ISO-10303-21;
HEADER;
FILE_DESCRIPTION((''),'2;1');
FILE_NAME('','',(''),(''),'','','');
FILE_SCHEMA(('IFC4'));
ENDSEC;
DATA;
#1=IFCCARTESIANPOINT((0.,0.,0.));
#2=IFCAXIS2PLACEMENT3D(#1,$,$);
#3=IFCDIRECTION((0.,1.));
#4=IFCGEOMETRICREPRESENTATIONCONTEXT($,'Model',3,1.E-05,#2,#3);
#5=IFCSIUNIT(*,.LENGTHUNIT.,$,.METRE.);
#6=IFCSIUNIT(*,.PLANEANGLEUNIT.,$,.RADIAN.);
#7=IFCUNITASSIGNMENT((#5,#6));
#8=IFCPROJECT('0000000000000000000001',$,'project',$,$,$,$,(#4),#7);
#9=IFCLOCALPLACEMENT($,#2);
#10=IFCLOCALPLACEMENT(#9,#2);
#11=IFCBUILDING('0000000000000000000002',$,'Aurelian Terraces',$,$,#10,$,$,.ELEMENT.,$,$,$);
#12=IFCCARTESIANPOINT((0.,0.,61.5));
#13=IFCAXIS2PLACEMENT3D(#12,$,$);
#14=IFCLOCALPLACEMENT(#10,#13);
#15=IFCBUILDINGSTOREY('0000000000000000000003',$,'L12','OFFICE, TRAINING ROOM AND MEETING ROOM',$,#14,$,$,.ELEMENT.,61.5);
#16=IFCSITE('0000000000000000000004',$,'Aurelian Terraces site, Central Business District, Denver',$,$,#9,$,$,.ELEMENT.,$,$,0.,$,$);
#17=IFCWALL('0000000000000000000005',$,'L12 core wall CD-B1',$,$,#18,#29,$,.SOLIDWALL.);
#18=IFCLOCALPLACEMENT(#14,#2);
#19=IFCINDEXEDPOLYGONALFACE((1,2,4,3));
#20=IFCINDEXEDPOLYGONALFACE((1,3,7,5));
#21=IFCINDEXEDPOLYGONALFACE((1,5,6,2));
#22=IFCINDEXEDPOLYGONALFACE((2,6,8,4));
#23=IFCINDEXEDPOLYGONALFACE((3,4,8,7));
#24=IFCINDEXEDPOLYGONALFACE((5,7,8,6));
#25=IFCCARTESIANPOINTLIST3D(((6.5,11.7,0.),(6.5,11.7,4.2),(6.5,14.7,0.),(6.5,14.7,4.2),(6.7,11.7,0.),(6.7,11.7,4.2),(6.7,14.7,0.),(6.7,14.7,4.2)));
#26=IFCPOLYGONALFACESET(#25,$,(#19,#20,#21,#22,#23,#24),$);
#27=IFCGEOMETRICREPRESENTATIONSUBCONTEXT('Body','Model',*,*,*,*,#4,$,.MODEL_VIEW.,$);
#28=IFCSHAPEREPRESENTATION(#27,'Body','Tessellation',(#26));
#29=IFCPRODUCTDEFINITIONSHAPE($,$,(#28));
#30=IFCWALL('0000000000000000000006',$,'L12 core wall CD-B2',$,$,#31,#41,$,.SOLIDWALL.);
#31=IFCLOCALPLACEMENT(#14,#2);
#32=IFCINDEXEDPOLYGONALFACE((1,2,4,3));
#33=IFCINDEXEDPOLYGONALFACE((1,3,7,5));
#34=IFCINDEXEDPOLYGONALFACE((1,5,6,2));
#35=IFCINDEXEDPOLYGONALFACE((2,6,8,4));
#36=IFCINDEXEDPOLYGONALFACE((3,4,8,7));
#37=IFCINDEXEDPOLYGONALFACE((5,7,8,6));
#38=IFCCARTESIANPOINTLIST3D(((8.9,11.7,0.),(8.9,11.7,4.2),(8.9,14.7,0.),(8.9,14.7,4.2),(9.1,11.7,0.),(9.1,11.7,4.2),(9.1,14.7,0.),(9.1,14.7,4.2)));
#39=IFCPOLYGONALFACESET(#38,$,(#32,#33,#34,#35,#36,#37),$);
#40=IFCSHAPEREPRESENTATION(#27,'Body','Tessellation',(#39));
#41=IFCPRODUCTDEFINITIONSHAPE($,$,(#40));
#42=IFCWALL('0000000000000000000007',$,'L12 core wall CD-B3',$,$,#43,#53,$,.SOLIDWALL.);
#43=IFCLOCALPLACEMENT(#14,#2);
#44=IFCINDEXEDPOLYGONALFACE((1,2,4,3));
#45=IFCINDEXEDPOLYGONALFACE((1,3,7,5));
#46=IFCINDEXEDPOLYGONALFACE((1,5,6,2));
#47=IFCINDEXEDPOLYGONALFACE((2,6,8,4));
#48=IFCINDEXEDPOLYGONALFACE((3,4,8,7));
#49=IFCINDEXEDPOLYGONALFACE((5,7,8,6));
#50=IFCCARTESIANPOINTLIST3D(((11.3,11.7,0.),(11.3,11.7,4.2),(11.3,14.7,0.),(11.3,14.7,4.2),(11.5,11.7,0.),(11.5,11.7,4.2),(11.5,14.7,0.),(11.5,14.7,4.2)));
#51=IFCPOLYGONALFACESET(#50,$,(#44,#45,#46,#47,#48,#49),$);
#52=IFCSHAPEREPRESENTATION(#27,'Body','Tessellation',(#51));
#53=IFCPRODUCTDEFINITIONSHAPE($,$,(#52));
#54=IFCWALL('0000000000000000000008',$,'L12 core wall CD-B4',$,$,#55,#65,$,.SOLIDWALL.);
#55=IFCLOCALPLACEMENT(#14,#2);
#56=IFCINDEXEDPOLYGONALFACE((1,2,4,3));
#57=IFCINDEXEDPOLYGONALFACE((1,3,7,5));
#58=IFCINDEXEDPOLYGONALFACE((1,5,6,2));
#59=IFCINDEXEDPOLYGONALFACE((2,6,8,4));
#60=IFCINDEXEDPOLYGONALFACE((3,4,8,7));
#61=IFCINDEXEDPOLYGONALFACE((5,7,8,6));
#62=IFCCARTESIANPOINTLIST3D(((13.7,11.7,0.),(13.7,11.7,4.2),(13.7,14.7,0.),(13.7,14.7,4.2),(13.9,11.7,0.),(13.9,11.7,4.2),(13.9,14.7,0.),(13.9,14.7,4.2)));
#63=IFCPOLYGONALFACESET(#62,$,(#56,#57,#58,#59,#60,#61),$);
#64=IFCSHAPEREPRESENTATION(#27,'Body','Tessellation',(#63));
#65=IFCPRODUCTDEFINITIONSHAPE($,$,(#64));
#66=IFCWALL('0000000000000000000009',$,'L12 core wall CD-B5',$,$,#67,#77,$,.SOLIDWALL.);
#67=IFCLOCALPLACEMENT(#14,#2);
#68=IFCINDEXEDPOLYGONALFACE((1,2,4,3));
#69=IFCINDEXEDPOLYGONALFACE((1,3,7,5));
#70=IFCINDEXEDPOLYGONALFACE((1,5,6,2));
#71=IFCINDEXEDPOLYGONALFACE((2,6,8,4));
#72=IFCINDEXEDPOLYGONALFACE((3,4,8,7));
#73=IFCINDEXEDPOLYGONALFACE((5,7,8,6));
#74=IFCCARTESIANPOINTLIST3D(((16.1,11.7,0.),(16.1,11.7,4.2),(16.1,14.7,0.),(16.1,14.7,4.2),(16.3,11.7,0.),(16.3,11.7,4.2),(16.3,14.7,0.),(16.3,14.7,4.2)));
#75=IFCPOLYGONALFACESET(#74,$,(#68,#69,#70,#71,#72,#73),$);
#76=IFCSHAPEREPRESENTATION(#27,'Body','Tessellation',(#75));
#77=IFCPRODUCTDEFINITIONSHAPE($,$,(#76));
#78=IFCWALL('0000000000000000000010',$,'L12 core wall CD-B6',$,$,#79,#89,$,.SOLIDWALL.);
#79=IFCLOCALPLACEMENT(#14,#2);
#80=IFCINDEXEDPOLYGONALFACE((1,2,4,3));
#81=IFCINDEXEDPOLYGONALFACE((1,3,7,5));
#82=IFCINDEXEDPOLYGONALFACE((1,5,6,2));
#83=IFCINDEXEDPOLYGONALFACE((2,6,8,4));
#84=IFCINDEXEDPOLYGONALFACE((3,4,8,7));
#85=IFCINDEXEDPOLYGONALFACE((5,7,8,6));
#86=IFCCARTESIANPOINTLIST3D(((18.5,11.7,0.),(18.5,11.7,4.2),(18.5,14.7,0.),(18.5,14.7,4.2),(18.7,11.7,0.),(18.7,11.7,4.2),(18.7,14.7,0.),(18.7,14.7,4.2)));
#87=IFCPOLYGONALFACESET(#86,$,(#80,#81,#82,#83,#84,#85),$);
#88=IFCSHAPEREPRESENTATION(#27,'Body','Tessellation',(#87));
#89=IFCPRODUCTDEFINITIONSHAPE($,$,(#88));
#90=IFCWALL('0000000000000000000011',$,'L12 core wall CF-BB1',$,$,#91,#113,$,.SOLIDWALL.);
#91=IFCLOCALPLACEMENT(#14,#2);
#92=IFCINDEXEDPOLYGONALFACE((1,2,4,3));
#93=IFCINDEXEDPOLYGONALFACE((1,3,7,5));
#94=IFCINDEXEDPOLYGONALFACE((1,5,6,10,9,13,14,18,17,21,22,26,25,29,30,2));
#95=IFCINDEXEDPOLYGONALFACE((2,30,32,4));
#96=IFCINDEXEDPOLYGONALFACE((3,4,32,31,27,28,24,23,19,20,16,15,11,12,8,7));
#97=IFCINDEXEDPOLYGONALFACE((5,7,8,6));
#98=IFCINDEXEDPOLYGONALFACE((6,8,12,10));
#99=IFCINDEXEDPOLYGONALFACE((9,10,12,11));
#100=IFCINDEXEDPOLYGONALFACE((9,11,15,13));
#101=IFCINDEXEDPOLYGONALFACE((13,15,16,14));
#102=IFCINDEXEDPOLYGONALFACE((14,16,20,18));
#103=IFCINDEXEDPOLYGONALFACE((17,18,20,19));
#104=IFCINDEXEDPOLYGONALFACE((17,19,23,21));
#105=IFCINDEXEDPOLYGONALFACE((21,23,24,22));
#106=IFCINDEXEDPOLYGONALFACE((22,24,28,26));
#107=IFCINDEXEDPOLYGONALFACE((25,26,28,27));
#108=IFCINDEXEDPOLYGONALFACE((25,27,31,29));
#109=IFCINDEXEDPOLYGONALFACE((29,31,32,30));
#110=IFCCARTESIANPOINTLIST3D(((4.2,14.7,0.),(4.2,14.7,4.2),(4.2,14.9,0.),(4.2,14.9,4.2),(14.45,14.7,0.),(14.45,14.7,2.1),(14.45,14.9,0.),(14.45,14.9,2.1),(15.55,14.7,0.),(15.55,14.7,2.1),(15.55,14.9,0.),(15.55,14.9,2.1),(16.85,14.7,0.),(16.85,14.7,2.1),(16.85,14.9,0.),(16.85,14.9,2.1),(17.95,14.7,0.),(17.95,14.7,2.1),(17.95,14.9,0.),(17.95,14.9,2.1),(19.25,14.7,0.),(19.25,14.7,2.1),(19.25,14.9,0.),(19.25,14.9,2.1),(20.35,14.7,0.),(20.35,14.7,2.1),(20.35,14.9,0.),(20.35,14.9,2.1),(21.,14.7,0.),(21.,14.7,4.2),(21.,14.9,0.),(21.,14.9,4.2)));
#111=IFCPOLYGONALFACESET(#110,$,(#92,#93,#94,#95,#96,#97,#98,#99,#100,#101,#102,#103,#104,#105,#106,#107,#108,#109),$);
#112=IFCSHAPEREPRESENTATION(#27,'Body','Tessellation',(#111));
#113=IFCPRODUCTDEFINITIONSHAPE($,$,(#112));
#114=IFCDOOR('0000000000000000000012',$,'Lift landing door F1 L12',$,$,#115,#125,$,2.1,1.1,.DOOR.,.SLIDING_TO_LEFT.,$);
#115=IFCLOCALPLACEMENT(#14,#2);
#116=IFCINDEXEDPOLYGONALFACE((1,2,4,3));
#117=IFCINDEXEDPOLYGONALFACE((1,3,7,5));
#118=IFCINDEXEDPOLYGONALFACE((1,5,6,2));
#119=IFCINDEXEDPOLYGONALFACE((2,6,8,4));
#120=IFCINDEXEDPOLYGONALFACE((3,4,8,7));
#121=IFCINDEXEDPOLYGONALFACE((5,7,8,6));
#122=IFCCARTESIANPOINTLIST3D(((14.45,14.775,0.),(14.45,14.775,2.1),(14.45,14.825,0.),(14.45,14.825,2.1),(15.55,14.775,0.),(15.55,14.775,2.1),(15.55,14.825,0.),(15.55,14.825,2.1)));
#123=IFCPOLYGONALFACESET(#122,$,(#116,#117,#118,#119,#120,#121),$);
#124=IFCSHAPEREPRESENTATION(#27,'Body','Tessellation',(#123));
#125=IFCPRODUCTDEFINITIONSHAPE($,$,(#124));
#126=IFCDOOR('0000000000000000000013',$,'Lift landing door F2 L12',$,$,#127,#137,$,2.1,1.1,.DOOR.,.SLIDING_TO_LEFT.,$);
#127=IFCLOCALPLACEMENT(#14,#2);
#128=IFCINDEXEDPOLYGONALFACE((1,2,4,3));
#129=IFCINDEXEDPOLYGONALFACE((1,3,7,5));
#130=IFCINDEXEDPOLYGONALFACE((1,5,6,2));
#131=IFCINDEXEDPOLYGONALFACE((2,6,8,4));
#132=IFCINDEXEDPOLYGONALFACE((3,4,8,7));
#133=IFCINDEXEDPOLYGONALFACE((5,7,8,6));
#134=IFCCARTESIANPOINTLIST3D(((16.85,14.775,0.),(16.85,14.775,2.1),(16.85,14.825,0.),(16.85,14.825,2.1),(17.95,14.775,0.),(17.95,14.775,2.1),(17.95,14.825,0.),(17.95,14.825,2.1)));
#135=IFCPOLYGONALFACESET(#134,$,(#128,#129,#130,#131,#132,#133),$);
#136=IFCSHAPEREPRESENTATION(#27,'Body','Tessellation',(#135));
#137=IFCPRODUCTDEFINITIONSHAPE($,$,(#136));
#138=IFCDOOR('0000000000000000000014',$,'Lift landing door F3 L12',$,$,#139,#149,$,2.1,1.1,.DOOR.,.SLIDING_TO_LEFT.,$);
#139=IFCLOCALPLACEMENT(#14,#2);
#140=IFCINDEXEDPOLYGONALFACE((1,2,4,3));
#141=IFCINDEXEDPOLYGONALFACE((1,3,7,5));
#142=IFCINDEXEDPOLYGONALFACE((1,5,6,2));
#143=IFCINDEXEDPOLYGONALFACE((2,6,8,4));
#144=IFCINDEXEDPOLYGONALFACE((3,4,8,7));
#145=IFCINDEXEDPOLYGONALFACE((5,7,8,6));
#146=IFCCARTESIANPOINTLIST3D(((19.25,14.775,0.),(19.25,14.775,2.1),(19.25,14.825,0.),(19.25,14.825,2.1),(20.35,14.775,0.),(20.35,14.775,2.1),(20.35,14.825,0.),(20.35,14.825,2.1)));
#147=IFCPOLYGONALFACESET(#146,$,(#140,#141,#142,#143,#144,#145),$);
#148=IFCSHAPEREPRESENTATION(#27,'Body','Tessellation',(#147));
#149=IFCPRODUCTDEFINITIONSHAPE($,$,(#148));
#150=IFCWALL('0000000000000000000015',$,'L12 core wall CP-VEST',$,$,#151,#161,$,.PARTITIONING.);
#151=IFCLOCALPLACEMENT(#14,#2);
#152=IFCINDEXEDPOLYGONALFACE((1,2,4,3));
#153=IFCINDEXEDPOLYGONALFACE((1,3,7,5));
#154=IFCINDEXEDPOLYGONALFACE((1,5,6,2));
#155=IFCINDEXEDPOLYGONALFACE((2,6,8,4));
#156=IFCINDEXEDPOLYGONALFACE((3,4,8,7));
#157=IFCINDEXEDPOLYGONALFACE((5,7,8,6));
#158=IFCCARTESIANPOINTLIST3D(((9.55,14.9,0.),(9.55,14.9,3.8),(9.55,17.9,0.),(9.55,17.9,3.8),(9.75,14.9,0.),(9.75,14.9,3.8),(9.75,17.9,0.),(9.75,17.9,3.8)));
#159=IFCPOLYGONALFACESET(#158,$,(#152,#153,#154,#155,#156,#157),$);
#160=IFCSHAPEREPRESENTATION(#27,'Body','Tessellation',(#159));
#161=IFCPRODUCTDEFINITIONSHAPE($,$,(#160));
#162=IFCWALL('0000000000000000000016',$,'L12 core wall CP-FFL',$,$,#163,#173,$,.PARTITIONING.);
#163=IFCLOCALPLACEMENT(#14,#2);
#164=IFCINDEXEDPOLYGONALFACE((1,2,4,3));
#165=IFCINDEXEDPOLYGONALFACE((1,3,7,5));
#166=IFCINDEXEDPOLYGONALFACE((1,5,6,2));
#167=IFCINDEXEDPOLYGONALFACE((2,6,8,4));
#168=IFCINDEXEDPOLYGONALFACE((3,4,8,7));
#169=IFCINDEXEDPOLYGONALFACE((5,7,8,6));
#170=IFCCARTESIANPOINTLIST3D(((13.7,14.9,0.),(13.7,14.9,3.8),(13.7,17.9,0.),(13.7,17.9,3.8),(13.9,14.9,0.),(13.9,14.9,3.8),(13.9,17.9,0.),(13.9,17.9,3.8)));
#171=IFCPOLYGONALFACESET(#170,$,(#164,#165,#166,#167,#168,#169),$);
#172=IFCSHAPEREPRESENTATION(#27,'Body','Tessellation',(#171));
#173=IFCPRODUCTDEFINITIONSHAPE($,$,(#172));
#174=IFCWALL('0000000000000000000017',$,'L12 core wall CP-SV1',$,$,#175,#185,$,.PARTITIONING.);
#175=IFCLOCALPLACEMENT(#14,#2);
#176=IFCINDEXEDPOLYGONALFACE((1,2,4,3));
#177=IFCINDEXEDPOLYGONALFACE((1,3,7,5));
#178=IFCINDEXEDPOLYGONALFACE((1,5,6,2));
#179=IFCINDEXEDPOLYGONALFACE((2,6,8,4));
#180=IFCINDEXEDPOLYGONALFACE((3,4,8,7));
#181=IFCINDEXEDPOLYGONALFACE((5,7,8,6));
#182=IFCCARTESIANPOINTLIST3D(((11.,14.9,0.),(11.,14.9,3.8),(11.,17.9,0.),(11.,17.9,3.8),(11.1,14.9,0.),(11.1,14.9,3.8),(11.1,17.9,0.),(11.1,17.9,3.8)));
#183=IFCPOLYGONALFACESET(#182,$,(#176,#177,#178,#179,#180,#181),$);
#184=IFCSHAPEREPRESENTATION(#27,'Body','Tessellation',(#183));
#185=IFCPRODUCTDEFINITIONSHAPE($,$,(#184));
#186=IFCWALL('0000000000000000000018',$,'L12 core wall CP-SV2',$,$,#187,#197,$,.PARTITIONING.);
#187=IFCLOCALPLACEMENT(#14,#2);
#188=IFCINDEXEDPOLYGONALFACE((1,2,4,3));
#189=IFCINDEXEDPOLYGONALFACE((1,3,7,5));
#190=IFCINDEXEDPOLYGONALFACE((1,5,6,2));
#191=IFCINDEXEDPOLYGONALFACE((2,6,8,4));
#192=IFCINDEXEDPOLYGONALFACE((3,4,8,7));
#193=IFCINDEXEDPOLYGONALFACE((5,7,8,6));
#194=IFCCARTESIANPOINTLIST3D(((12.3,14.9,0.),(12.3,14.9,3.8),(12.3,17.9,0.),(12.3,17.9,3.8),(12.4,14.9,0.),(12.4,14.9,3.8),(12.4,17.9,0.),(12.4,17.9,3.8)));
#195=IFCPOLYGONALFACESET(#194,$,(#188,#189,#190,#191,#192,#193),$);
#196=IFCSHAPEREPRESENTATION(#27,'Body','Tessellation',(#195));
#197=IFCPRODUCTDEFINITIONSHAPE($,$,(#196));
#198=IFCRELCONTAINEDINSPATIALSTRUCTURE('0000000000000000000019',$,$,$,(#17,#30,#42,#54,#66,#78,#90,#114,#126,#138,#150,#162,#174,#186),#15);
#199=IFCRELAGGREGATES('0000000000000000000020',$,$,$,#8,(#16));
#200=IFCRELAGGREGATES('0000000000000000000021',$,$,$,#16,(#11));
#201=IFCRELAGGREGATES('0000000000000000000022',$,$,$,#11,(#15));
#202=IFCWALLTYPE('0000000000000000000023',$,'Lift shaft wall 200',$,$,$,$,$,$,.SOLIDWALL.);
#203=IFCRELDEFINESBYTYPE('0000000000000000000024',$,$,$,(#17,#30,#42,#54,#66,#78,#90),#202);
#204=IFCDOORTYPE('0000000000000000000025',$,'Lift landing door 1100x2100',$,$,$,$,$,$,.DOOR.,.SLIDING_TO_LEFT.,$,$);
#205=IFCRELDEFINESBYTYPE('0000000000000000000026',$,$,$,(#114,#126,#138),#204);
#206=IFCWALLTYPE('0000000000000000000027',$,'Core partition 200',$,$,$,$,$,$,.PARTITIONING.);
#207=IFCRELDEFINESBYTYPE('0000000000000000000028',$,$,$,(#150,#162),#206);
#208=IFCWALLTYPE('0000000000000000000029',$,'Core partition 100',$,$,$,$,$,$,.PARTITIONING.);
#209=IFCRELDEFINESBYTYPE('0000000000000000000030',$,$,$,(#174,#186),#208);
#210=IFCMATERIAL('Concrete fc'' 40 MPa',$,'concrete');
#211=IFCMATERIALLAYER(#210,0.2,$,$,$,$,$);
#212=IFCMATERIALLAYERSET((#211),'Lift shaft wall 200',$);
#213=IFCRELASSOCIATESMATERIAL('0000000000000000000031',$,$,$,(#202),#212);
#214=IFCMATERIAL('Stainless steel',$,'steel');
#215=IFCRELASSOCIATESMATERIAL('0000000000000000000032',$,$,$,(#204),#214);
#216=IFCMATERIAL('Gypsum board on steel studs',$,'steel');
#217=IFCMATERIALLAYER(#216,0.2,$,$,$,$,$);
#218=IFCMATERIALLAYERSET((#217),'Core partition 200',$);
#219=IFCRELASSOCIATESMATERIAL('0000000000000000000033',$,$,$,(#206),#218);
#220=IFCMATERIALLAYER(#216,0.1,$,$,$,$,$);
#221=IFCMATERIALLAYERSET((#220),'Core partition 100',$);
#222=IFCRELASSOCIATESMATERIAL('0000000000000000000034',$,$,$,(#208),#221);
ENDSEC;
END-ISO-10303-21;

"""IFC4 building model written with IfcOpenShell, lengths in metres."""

from ifc_helpers import new_model, si_unit, direction, frame, frame_2d, origin, place, context, subcontext, project, spatial, rectangle, extrude, source, transform, mapped, material, layer, layer_set, type_object, element, fill, save


model = new_model("IFC4")

# Units and contexts
model_context = context("Model", 3, precision=1e-05, world=origin(), true_north=direction((0.0, 1.0)))
body_context = subcontext(model_context, "Body", "Model", "MODEL_VIEW")
ifc_project = project(units=[si_unit("LENGTHUNIT", "METRE"), si_unit("PLANEANGLEUNIT", "RADIAN")], contexts=[model_context])

# Site, building, storey
site_placement = place(None, origin())
site = spatial("IfcSite", under=ifc_project, at=site_placement, Name="Aurelian Terraces site, Central Business District, Denver", CompositionType="ELEMENT", RefElevation=0.0)
building_placement = place(site_placement, origin())
building = spatial("IfcBuilding", under=site, at=building_placement, Name="Aurelian Terraces", CompositionType="ELEMENT")
storey_placement = place(building_placement, frame((0.0, 0.0, 61.5)))
storey = spatial("IfcBuildingStorey", under=building, at=storey_placement, Name="L12", Description="OFFICE, TRAINING ROOM AND MEETING ROOM", CompositionType="ELEMENT", Elevation=61.5)

# Walls
ifc_material_1 = material(Name="Concrete fc' 40 MPa", Category="concrete")
ifc_layer_1 = layer(ifc_material_1, 0.2)
ifc_layer_set_1 = layer_set([ifc_layer_1], Name="Lift shaft wall 200")
wall_type_1 = type_object("IfcWallType", Name="Lift shaft wall 200", PredefinedType="SOLIDWALL", material=ifc_layer_set_1)
shared_shape_1 = source(origin(), body_context, "Body", "SweptSolid", [
    extrude(rectangle(XDim=3.0, YDim=0.2, at=frame_2d((1.5, 0.0))), origin(), (0.0, 0.0, 1.0), 4.2),
])
for number, where, z_axis, x_axis, name in (
    (1, (6.6, 11.7, 0.0), (0.0, 0.0, 1.0), (0.0, 1.0, 0.0), "L12 core wall CD-B1"),
    (2, (9.0, 11.7, 0.0), (0.0, 0.0, 1.0), (0.0, 1.0, 0.0), "L12 core wall CD-B2"),
    (3, (11.4, 11.7, 0.0), (0.0, 0.0, 1.0), (0.0, 1.0, 0.0), "L12 core wall CD-B3"),
    (4, (13.8, 11.7, 0.0), (0.0, 0.0, 1.0), (0.0, 1.0, 0.0), "L12 core wall CD-B4"),
    (5, (16.2, 11.7, 0.0), (0.0, 0.0, 1.0), (0.0, 1.0, 0.0), "L12 core wall CD-B5"),
    (6, (18.6, 11.7, 0.0), (0.0, 0.0, 1.0), (0.0, 1.0, 0.0), "L12 core wall CD-B6"),
):
    element("IfcWall", number, at=place(storey_placement, frame(where, z_axis=z_axis, x_axis=x_axis)), inside=storey, type_object=wall_type_1, Name=name, PredefinedType="SOLIDWALL", context=body_context, shape_type="MappedRepresentation", body=[
        mapped(shared_shape_1, transform((0.0, 0.0, 0.0), scale=1.0)),
    ])

# Wall, openings, doors
shared_shape_2 = source(origin(), body_context, "Body", "SweptSolid", [
    extrude(rectangle(XDim=16.8, YDim=0.2, at=frame_2d((8.4, 0.0))), origin(), (0.0, 0.0, 1.0), 4.2),
])
wall_1_placement = place(storey_placement, frame((4.2, 14.8, 0.0), z_axis=(0.0, 0.0, 1.0), x_axis=(1.0, 0.0, 0.0)))
wall_1 = element("IfcWall", 7, at=wall_1_placement, inside=storey, type_object=wall_type_1, Name="L12 core wall CF-BB1", PredefinedType="SOLIDWALL", context=body_context, shape_type="MappedRepresentation", body=[
    mapped(shared_shape_2, transform((0.0, 0.0, 0.0), scale=1.0)),
])
shared_shape_3 = source(origin(), body_context, "Body", "SweptSolid", [
    extrude(rectangle(XDim=1.1, YDim=2.1, at=frame_2d((0.55, 1.05))), frame((0.0, 0.11, 0.0), z_axis=(0.0, -1.0, 0.0), x_axis=(1.0, 0.0, 0.0)), (0.0, 0.0, 1.0), 0.22),
])
opening_1_placement = place(wall_1_placement, frame((10.25, 0.0, 0.0)))
opening_1 = element("IfcOpeningElement", 8, at=opening_1_placement, cuts=wall_1, PredefinedType="OPENING", context=body_context, shape_type="MappedRepresentation", body=[
    mapped(shared_shape_3, transform((0.0, 0.0, 0.0), scale=1.0)),
])
opening_2_placement = place(wall_1_placement, frame((12.65, 0.0, 0.0)))
opening_2 = element("IfcOpeningElement", 9, at=opening_2_placement, cuts=wall_1, PredefinedType="OPENING", context=body_context, shape_type="MappedRepresentation", body=[
    mapped(shared_shape_3, transform((0.0, 0.0, 0.0), scale=1.0)),
])
opening_3_placement = place(wall_1_placement, frame((15.05, 0.0, 0.0)))
opening_3 = element("IfcOpeningElement", 10, at=opening_3_placement, cuts=wall_1, PredefinedType="OPENING", context=body_context, shape_type="MappedRepresentation", body=[
    mapped(shared_shape_3, transform((0.0, 0.0, 0.0), scale=1.0)),
])
ifc_material_2 = material(Name="Stainless steel", Category="steel")
door_type_1 = type_object("IfcDoorType", Name="Lift landing door 1100x2100", OperationType="SLIDING_TO_LEFT", PredefinedType="DOOR", material=ifc_material_2)
shared_shape_4 = source(origin(), body_context, "Body", "SweptSolid", [
    extrude(rectangle(XDim=1.1, YDim=2.1, at=frame_2d((0.55, 1.05))), frame((0.0, 0.025, 0.0), z_axis=(0.0, -1.0, 0.0), x_axis=(1.0, 0.0, 0.0)), (0.0, 0.0, 1.0), 0.05),
])
door_1_placement = place(opening_1_placement, origin())
door_1 = element("IfcDoor", 11, at=door_1_placement, inside=storey, type_object=door_type_1, Name="Lift landing door F1 L12", OperationType="SLIDING_TO_LEFT", OverallHeight=2.1, OverallWidth=1.1, PredefinedType="DOOR", context=body_context, shape_type="MappedRepresentation", body=[
    mapped(shared_shape_4, transform((0.0, 0.0, 0.0), scale=1.0)),
])
fill(opening_1, door_1)
door_2_placement = place(opening_2_placement, origin())
door_2 = element("IfcDoor", 12, at=door_2_placement, inside=storey, type_object=door_type_1, Name="Lift landing door F2 L12", OperationType="SLIDING_TO_LEFT", OverallHeight=2.1, OverallWidth=1.1, PredefinedType="DOOR", context=body_context, shape_type="MappedRepresentation", body=[
    mapped(shared_shape_4, transform((0.0, 0.0, 0.0), scale=1.0)),
])
fill(opening_2, door_2)
door_3_placement = place(opening_3_placement, origin())
door_3 = element("IfcDoor", 13, at=door_3_placement, inside=storey, type_object=door_type_1, Name="Lift landing door F3 L12", OperationType="SLIDING_TO_LEFT", OverallHeight=2.1, OverallWidth=1.1, PredefinedType="DOOR", context=body_context, shape_type="MappedRepresentation", body=[
    mapped(shared_shape_4, transform((0.0, 0.0, 0.0), scale=1.0)),
])
fill(opening_3, door_3)

# Walls
ifc_material_3 = material(Name="Gypsum board on steel studs", Category="steel")
ifc_layer_2 = layer(ifc_material_3, 0.2)
ifc_layer_set_2 = layer_set([ifc_layer_2], Name="Core partition 200")
wall_type_2 = type_object("IfcWallType", Name="Core partition 200", PredefinedType="PARTITIONING", material=ifc_layer_set_2)
shared_shape_5 = source(origin(), body_context, "Body", "SweptSolid", [
    extrude(rectangle(XDim=3.0, YDim=0.2, at=frame_2d((1.5, 0.0))), origin(), (0.0, 0.0, 1.0), 3.8),
])
for number, where, z_axis, x_axis, name in (
    (14, (9.65, 14.9, 0.0), (0.0, 0.0, 1.0), (0.0, 1.0, 0.0), "L12 core wall CP-VEST"),
    (15, (13.8, 14.9, 0.0), (0.0, 0.0, 1.0), (0.0, 1.0, 0.0), "L12 core wall CP-FFL"),
):
    element("IfcWall", number, at=place(storey_placement, frame(where, z_axis=z_axis, x_axis=x_axis)), inside=storey, type_object=wall_type_2, Name=name, PredefinedType="PARTITIONING", context=body_context, shape_type="MappedRepresentation", body=[
        mapped(shared_shape_5, transform((0.0, 0.0, 0.0), scale=1.0)),
    ])
ifc_layer_3 = layer(ifc_material_3, 0.1)
ifc_layer_set_3 = layer_set([ifc_layer_3], Name="Core partition 100")
wall_type_3 = type_object("IfcWallType", Name="Core partition 100", PredefinedType="PARTITIONING", material=ifc_layer_set_3)
shared_shape_6 = source(origin(), body_context, "Body", "SweptSolid", [
    extrude(rectangle(XDim=3.0, YDim=0.1, at=frame_2d((1.5, 0.0))), origin(), (0.0, 0.0, 1.0), 3.8),
])
for number, where, z_axis, x_axis, name in (
    (16, (11.05, 14.9, 0.0), (0.0, 0.0, 1.0), (0.0, 1.0, 0.0), "L12 core wall CP-SV1"),
    (17, (12.35, 14.9, 0.0), (0.0, 0.0, 1.0), (0.0, 1.0, 0.0), "L12 core wall CP-SV2"),
):
    element("IfcWall", number, at=place(storey_placement, frame(where, z_axis=z_axis, x_axis=x_axis)), inside=storey, type_object=wall_type_3, Name=name, PredefinedType="PARTITIONING", context=body_context, shape_type="MappedRepresentation", body=[
        mapped(shared_shape_6, transform((0.0, 0.0, 0.0), scale=1.0)),
    ])

save(model, "model.ifc")
